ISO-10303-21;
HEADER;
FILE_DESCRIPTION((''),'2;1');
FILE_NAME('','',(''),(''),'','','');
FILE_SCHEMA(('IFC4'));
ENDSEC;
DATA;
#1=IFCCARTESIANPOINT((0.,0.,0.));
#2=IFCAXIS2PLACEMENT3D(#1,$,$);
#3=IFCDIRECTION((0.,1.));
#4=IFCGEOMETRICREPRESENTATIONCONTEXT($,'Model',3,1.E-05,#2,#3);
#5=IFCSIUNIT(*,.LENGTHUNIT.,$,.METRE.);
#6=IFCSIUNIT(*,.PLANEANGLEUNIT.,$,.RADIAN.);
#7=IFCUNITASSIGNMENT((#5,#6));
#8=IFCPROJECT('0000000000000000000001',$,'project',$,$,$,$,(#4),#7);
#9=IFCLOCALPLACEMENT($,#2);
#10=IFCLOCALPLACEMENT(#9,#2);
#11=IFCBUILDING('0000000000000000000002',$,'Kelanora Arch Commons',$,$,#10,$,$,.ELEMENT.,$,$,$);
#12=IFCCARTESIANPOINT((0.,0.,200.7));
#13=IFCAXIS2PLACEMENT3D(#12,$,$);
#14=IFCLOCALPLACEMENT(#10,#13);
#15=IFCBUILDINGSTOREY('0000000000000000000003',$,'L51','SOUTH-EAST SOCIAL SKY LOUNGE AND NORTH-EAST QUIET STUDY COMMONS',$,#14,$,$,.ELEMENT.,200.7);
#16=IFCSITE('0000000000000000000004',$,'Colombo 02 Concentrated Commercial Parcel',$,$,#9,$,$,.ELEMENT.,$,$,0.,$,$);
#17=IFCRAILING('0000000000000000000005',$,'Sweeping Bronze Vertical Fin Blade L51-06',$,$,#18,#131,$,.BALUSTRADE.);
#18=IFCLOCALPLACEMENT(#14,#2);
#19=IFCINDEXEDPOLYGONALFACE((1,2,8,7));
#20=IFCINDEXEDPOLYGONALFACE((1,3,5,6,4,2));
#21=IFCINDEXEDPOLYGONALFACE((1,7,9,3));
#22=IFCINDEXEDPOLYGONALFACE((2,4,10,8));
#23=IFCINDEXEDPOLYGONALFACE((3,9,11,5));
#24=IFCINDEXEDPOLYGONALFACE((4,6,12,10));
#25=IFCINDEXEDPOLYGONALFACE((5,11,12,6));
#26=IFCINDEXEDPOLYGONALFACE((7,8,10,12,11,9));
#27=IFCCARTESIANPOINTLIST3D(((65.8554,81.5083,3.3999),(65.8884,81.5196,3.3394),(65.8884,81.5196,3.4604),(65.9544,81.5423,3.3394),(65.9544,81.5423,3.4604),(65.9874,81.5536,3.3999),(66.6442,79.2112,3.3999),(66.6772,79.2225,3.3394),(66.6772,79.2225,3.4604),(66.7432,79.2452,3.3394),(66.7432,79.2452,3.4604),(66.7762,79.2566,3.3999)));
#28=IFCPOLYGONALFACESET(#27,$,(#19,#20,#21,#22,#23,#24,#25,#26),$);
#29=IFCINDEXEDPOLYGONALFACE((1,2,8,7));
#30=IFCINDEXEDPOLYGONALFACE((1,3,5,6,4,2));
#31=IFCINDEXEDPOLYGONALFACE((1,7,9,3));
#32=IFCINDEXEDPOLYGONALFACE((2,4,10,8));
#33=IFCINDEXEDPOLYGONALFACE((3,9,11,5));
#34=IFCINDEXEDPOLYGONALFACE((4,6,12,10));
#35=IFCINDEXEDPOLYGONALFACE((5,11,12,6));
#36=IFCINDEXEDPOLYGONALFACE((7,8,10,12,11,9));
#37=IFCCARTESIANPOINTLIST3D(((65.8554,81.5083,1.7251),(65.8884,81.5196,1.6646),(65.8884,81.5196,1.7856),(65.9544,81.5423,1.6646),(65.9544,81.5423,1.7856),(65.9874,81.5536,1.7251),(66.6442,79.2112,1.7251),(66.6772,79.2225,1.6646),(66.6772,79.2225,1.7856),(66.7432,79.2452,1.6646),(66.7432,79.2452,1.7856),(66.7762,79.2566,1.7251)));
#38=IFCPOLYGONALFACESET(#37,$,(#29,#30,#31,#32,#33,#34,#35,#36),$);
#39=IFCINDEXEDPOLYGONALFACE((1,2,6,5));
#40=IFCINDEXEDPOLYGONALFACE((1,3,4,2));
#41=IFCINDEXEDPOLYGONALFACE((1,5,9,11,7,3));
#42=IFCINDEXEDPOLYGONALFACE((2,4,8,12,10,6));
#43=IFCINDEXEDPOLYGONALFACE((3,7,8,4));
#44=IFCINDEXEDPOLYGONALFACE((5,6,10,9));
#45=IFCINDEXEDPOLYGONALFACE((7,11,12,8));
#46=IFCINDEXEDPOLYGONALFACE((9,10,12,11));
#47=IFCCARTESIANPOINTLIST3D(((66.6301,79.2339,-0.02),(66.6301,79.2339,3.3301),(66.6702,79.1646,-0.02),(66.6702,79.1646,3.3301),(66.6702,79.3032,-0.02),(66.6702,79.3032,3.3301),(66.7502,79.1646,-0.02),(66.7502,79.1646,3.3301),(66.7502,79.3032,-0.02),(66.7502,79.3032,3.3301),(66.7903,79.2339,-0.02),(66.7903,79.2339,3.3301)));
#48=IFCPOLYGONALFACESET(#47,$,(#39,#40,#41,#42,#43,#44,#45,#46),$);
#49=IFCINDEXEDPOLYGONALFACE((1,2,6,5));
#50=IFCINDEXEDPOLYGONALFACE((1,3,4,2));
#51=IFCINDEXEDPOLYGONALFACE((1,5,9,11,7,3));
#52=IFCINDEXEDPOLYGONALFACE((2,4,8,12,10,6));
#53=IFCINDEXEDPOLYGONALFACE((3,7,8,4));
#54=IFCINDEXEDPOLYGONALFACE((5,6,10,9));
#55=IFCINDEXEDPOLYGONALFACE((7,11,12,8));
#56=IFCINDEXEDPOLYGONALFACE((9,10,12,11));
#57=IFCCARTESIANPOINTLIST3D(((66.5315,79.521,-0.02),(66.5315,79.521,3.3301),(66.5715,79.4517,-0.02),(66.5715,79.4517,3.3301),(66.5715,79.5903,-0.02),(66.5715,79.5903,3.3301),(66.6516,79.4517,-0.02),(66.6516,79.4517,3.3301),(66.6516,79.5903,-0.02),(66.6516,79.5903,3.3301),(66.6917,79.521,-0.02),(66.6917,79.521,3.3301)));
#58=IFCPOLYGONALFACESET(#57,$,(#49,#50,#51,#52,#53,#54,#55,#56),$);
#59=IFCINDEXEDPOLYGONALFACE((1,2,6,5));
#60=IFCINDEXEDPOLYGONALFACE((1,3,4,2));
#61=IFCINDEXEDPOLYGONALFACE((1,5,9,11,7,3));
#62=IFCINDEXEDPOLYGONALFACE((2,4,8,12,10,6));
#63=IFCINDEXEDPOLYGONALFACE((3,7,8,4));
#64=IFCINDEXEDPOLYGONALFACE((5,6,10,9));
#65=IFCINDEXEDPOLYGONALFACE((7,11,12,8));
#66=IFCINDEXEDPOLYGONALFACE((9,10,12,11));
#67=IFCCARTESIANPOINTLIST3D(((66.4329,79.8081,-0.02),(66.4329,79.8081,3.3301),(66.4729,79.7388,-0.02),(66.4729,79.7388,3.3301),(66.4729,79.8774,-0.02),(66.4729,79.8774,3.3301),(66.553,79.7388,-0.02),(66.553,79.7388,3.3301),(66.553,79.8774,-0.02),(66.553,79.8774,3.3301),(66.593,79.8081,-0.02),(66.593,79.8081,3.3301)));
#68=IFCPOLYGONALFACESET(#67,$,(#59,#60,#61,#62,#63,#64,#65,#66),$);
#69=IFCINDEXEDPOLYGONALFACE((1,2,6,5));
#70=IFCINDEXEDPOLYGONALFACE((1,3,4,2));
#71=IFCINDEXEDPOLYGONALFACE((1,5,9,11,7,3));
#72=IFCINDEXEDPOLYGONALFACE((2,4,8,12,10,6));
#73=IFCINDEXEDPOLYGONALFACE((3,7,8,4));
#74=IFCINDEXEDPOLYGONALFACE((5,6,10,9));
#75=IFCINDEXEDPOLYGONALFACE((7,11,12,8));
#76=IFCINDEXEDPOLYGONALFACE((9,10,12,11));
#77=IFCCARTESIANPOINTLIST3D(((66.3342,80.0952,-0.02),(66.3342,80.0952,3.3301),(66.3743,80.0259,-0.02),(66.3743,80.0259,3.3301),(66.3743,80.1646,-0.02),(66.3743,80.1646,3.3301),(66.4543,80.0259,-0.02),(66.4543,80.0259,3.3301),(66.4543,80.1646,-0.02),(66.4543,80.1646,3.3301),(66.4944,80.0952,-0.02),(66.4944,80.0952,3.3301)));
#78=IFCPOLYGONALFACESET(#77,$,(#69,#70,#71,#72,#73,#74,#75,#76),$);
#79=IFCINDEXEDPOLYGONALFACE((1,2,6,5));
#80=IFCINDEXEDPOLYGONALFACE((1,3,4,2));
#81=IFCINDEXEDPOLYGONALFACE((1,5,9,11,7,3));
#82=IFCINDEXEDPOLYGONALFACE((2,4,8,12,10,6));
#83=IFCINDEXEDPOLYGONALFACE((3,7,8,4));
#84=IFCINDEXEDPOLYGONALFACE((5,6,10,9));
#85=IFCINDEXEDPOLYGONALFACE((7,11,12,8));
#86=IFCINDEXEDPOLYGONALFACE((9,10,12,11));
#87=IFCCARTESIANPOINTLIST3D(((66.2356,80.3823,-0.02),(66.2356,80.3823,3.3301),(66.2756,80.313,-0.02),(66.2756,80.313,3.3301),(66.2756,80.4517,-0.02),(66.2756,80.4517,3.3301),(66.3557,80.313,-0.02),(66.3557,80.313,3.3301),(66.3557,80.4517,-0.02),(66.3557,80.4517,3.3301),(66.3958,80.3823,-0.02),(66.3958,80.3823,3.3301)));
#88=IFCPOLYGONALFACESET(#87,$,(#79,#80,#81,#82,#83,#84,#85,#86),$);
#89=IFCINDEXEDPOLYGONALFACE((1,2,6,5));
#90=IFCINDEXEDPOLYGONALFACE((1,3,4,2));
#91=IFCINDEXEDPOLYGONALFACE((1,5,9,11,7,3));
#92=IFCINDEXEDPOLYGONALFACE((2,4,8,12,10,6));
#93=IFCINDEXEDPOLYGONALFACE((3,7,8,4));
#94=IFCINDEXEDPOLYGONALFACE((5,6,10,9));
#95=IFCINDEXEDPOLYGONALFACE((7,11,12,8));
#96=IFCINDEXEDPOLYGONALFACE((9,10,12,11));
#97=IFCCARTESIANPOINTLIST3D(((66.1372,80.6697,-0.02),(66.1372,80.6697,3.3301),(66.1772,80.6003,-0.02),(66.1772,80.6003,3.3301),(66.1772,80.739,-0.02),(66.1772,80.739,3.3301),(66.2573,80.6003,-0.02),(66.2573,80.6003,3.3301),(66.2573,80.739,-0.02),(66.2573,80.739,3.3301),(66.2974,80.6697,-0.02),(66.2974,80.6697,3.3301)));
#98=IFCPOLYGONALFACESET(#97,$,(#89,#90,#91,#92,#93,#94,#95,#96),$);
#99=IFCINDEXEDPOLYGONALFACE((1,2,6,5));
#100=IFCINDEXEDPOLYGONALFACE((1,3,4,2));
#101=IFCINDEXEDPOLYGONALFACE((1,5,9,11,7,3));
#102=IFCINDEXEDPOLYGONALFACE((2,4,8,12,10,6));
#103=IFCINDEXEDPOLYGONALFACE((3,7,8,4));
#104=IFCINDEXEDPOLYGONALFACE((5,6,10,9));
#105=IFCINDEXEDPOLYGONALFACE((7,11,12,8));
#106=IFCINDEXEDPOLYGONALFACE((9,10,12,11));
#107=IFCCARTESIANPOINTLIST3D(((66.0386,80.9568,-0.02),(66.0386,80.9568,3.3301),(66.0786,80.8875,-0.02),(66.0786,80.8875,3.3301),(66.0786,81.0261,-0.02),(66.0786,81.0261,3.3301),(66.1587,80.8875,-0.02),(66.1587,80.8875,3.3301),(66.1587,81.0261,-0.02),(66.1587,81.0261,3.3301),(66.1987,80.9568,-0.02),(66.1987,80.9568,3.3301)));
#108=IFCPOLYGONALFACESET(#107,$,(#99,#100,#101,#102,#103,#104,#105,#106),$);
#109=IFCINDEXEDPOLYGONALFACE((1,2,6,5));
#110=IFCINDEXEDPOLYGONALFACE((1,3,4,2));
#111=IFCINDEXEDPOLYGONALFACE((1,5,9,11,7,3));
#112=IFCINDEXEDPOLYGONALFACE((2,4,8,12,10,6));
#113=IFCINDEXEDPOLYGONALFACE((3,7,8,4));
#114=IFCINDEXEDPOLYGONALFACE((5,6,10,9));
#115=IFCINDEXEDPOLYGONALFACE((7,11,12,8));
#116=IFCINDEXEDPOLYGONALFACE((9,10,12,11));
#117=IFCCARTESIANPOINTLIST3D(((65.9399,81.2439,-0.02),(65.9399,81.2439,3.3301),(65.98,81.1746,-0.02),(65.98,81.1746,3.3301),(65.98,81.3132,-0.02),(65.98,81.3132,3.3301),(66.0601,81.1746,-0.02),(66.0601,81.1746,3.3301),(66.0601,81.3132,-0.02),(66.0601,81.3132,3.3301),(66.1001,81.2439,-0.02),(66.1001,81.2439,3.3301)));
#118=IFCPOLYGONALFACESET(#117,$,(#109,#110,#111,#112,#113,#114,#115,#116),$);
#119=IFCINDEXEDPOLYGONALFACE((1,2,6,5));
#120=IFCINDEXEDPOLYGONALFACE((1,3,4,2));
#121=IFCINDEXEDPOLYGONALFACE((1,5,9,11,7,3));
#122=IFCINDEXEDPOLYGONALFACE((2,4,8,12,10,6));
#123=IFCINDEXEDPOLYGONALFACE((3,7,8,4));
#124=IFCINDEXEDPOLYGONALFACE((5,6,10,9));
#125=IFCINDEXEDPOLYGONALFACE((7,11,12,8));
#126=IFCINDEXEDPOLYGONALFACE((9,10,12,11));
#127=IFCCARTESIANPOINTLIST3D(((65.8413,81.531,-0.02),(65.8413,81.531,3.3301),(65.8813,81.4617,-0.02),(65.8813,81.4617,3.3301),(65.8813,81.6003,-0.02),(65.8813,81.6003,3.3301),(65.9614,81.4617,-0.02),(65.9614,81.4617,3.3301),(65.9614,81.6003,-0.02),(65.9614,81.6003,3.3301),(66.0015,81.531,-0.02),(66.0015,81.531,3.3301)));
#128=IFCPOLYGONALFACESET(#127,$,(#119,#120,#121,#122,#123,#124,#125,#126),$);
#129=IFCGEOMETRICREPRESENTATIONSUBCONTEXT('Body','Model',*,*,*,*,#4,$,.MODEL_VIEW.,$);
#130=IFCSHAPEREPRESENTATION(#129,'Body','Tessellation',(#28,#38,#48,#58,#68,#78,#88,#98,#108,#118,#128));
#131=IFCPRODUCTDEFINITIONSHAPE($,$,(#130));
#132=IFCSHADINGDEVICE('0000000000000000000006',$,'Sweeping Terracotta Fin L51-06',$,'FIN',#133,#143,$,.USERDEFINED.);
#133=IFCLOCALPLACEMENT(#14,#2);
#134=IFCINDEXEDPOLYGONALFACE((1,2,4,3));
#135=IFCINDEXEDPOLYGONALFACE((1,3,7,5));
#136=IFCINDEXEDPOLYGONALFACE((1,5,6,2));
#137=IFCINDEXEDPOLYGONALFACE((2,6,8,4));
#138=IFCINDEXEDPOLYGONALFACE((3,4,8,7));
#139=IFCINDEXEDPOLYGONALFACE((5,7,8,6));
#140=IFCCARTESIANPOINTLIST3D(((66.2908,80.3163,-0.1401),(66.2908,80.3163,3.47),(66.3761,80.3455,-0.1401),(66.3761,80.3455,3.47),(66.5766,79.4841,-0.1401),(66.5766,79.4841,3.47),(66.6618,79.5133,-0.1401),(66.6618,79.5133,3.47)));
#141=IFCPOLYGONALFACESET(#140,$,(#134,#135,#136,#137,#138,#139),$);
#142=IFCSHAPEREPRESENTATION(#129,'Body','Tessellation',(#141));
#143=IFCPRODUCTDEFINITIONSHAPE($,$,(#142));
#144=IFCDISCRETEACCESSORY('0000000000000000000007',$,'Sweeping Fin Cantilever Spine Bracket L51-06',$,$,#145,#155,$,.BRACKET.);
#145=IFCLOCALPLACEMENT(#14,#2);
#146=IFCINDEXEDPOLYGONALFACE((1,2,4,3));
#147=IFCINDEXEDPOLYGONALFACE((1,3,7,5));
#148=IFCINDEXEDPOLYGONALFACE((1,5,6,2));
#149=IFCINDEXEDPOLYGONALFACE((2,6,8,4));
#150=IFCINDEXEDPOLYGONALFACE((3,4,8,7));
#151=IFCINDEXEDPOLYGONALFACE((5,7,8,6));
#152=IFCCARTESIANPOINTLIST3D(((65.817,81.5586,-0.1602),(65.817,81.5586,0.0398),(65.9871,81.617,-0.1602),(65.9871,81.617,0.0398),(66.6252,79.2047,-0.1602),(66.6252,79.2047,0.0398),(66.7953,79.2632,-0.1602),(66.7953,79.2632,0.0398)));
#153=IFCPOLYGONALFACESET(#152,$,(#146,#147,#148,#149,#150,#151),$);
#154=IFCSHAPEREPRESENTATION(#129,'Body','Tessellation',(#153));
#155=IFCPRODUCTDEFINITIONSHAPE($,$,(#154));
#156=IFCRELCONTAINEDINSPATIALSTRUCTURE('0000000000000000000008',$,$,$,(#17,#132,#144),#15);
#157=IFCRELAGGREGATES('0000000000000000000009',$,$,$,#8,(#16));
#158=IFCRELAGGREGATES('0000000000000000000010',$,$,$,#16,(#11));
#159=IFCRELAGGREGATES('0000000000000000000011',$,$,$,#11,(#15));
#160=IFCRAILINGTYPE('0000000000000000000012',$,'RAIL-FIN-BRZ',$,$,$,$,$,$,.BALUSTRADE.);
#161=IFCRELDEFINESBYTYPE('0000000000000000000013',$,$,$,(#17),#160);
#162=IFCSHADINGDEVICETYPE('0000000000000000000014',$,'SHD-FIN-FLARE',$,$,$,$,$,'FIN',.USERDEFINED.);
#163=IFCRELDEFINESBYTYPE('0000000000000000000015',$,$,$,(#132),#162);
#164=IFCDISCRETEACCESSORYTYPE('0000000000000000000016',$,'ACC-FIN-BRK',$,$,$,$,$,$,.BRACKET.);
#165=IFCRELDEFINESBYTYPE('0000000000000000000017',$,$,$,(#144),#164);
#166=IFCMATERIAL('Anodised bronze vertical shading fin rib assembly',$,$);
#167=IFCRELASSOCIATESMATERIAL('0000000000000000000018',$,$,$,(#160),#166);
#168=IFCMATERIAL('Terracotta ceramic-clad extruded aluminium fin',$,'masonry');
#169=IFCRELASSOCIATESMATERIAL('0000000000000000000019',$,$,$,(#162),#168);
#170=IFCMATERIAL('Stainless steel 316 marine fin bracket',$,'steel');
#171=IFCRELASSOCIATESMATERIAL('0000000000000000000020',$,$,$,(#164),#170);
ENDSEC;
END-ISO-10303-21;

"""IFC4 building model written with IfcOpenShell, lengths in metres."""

from ifc_helpers import new_model, si_unit, direction, frame, origin, origin_2d, place, context, subcontext, project, spatial, polyline, rectangle, outline, extrude, source, transform, mapped, material, type_object, element, save


model = new_model("IFC4")

# Units and contexts
model_context = context("Model", 3, precision=1e-05, world=origin(), true_north=direction((0.0, 1.0)))
body_context = subcontext(model_context, "Body", "Model", "MODEL_VIEW")
ifc_project = project(units=[si_unit("LENGTHUNIT", "METRE"), si_unit("PLANEANGLEUNIT", "RADIAN")], contexts=[model_context])

# Site, building, storey
site_placement = place(None, origin())
site = spatial("IfcSite", under=ifc_project, at=site_placement, Name="Colombo 02 Concentrated Commercial Parcel", CompositionType="ELEMENT", RefElevation=0.0)
building_placement = place(site_placement, origin())
building = spatial("IfcBuilding", under=site, at=building_placement, Name="Kelanora Arch Commons", CompositionType="ELEMENT")
storey_placement = place(building_placement, frame((0.0, 0.0, 200.7)))
storey = spatial("IfcBuildingStorey", under=building, at=storey_placement, Name="L51", Description="SOUTH-EAST SOCIAL SKY LOUNGE AND NORTH-EAST QUIET STUDY COMMONS", CompositionType="ELEMENT", Elevation=200.7)

# Railing
ifc_material_1 = material(Name="Anodised bronze vertical shading fin rib assembly")
railing_type = type_object("IfcRailingType", Name="RAIL-FIN-BRZ", PredefinedType="BALUSTRADE", material=ifc_material_1)
railing_placement = place(storey_placement, frame((66.7102, 79.2339, -0.02)))
element("IfcRailing", 1, at=railing_placement, inside=storey, type_object=railing_type, Name="Sweeping Bronze Vertical Fin Blade L51-06", PredefinedType="BALUSTRADE", context=body_context, shape_type="SweptSolid", body=[
    extrude(outline(polyline([(0.0698, 0.0), (0.0349, 0.0605), (-0.0349, 0.0605), (-0.0698, 0.0), (-0.0349, -0.0605), (0.0349, -0.0605), (0.0698, 0.0)])), frame((0.0, 0.0, 3.4199), z_axis=(-0.324779, 0.94579, 0.0), x_axis=(-0.94579, -0.324779, 0.0)), (0.0, 0.0, 1.0), 2.4287),
    extrude(outline(polyline([(0.0698, 0.0), (0.0349, 0.0605), (-0.0349, 0.0605), (-0.0698, 0.0), (-0.0349, -0.0605), (0.0349, -0.0605), (0.0698, 0.0)])), frame((0.0, 0.0, 1.7451), z_axis=(-0.324779, 0.94579, 0.0), x_axis=(-0.94579, -0.324779, 0.0)), (0.0, 0.0, 1.0), 2.4287),
    extrude(outline(polyline([(0.0801, 0.0), (0.04, 0.0693), (-0.04, 0.0693), (-0.0801, 0.0), (-0.04, -0.0693), (0.04, -0.0693), (0.0801, 0.0)])), origin(), (0.0, 0.0, 1.0), 3.3501),
    extrude(outline(polyline([(0.0801, 0.0), (0.04, 0.0693), (-0.04, 0.0693), (-0.0801, 0.0), (-0.04, -0.0693), (0.04, -0.0693), (0.0801, 0.0)])), frame((-0.0986, 0.2871, 0.0)), (0.0, 0.0, 1.0), 3.3501),
    extrude(outline(polyline([(0.0801, 0.0), (0.04, 0.0693), (-0.04, 0.0693), (-0.0801, 0.0), (-0.04, -0.0693), (0.04, -0.0693), (0.0801, 0.0)])), frame((-0.1973, 0.5742, 0.0)), (0.0, 0.0, 1.0), 3.3501),
    extrude(outline(polyline([(0.0801, 0.0), (0.04, 0.0693), (-0.04, 0.0693), (-0.0801, 0.0), (-0.04, -0.0693), (0.04, -0.0693), (0.0801, 0.0)])), frame((-0.2959, 0.8613, 0.0)), (0.0, 0.0, 1.0), 3.3501),
    extrude(outline(polyline([(0.0801, 0.0), (0.04, 0.0693), (-0.04, 0.0693), (-0.0801, 0.0), (-0.04, -0.0693), (0.04, -0.0693), (0.0801, 0.0)])), frame((-0.3945, 1.1484, 0.0)), (0.0, 0.0, 1.0), 3.3501),
    extrude(outline(polyline([(0.0801, 0.0), (0.04, 0.0693), (-0.04, 0.0693), (-0.0801, 0.0), (-0.04, -0.0693), (0.04, -0.0693), (0.0801, 0.0)])), frame((-0.4929, 1.4358, 0.0)), (0.0, 0.0, 1.0), 3.3501),
    extrude(outline(polyline([(0.0801, 0.0), (0.04, 0.0693), (-0.04, 0.0693), (-0.0801, 0.0), (-0.04, -0.0693), (0.04, -0.0693), (0.0801, 0.0)])), frame((-0.5916, 1.7229, 0.0)), (0.0, 0.0, 1.0), 3.3501),
    extrude(outline(polyline([(0.0801, 0.0), (0.04, 0.0693), (-0.04, 0.0693), (-0.0801, 0.0), (-0.04, -0.0693), (0.04, -0.0693), (0.0801, 0.0)])), frame((-0.6902, 2.01, 0.0)), (0.0, 0.0, 1.0), 3.3501),
    extrude(outline(polyline([(0.0801, 0.0), (0.04, 0.0693), (-0.04, 0.0693), (-0.0801, 0.0), (-0.04, -0.0693), (0.04, -0.0693), (0.0801, 0.0)])), frame((-0.7888, 2.2971, 0.0)), (0.0, 0.0, 1.0), 3.3501),
])

# Shading device
ifc_material_2 = material(Name="Terracotta ceramic-clad extruded aluminium fin", Category="masonry")
shading_device_type = type_object("IfcShadingDeviceType", Name="SHD-FIN-FLARE", ElementType="FIN", PredefinedType="USERDEFINED", material=ifc_material_2)
shared_shape_1 = source(origin(), body_context, "Body", "SweptSolid", [
    extrude(rectangle(XDim=0.8799, YDim=0.0901, at=origin_2d()), origin(), (0.0, 0.0, 1.0), 3.6101),
])
shading_device_placement = place(storey_placement, frame((66.4763, 79.9148, -0.1401), z_axis=(0.0, 0.0, 1.0), x_axis=(-0.324743, 0.945802, 0.0)))
element("IfcShadingDevice", 2, at=shading_device_placement, inside=storey, type_object=shading_device_type, Name="Sweeping Terracotta Fin L51-06", ObjectType="FIN", PredefinedType="USERDEFINED", context=body_context, shape_type="MappedRepresentation", body=[
    mapped(shared_shape_1, transform((0.0, 0.0, 0.0), scale=1.0)),
])

# Discrete accessory
ifc_material_3 = material(Name="Stainless steel 316 marine fin bracket", Category="steel")
discrete_accessory_type = type_object("IfcDiscreteAccessoryType", Name="ACC-FIN-BRK", PredefinedType="BRACKET", material=ifc_material_3)
shared_shape_2 = source(origin(), body_context, "Body", "SweptSolid", [
    extrude(rectangle(XDim=2.4888, YDim=0.1799, at=origin_2d()), origin(), (0.0, 0.0, 1.0), 0.2),
])
discrete_accessory_placement = place(storey_placement, frame((66.3062, 80.4109, -0.1602), z_axis=(0.0, 0.0, 1.0), x_axis=(-0.324743, 0.945802, 0.0)))
element("IfcDiscreteAccessory", 3, at=discrete_accessory_placement, inside=storey, type_object=discrete_accessory_type, Name="Sweeping Fin Cantilever Spine Bracket L51-06", PredefinedType="BRACKET", context=body_context, shape_type="MappedRepresentation", body=[
    mapped(shared_shape_2, transform((0.0, 0.0, 0.0), scale=1.0)),
])

save(model, "model.ifc")
